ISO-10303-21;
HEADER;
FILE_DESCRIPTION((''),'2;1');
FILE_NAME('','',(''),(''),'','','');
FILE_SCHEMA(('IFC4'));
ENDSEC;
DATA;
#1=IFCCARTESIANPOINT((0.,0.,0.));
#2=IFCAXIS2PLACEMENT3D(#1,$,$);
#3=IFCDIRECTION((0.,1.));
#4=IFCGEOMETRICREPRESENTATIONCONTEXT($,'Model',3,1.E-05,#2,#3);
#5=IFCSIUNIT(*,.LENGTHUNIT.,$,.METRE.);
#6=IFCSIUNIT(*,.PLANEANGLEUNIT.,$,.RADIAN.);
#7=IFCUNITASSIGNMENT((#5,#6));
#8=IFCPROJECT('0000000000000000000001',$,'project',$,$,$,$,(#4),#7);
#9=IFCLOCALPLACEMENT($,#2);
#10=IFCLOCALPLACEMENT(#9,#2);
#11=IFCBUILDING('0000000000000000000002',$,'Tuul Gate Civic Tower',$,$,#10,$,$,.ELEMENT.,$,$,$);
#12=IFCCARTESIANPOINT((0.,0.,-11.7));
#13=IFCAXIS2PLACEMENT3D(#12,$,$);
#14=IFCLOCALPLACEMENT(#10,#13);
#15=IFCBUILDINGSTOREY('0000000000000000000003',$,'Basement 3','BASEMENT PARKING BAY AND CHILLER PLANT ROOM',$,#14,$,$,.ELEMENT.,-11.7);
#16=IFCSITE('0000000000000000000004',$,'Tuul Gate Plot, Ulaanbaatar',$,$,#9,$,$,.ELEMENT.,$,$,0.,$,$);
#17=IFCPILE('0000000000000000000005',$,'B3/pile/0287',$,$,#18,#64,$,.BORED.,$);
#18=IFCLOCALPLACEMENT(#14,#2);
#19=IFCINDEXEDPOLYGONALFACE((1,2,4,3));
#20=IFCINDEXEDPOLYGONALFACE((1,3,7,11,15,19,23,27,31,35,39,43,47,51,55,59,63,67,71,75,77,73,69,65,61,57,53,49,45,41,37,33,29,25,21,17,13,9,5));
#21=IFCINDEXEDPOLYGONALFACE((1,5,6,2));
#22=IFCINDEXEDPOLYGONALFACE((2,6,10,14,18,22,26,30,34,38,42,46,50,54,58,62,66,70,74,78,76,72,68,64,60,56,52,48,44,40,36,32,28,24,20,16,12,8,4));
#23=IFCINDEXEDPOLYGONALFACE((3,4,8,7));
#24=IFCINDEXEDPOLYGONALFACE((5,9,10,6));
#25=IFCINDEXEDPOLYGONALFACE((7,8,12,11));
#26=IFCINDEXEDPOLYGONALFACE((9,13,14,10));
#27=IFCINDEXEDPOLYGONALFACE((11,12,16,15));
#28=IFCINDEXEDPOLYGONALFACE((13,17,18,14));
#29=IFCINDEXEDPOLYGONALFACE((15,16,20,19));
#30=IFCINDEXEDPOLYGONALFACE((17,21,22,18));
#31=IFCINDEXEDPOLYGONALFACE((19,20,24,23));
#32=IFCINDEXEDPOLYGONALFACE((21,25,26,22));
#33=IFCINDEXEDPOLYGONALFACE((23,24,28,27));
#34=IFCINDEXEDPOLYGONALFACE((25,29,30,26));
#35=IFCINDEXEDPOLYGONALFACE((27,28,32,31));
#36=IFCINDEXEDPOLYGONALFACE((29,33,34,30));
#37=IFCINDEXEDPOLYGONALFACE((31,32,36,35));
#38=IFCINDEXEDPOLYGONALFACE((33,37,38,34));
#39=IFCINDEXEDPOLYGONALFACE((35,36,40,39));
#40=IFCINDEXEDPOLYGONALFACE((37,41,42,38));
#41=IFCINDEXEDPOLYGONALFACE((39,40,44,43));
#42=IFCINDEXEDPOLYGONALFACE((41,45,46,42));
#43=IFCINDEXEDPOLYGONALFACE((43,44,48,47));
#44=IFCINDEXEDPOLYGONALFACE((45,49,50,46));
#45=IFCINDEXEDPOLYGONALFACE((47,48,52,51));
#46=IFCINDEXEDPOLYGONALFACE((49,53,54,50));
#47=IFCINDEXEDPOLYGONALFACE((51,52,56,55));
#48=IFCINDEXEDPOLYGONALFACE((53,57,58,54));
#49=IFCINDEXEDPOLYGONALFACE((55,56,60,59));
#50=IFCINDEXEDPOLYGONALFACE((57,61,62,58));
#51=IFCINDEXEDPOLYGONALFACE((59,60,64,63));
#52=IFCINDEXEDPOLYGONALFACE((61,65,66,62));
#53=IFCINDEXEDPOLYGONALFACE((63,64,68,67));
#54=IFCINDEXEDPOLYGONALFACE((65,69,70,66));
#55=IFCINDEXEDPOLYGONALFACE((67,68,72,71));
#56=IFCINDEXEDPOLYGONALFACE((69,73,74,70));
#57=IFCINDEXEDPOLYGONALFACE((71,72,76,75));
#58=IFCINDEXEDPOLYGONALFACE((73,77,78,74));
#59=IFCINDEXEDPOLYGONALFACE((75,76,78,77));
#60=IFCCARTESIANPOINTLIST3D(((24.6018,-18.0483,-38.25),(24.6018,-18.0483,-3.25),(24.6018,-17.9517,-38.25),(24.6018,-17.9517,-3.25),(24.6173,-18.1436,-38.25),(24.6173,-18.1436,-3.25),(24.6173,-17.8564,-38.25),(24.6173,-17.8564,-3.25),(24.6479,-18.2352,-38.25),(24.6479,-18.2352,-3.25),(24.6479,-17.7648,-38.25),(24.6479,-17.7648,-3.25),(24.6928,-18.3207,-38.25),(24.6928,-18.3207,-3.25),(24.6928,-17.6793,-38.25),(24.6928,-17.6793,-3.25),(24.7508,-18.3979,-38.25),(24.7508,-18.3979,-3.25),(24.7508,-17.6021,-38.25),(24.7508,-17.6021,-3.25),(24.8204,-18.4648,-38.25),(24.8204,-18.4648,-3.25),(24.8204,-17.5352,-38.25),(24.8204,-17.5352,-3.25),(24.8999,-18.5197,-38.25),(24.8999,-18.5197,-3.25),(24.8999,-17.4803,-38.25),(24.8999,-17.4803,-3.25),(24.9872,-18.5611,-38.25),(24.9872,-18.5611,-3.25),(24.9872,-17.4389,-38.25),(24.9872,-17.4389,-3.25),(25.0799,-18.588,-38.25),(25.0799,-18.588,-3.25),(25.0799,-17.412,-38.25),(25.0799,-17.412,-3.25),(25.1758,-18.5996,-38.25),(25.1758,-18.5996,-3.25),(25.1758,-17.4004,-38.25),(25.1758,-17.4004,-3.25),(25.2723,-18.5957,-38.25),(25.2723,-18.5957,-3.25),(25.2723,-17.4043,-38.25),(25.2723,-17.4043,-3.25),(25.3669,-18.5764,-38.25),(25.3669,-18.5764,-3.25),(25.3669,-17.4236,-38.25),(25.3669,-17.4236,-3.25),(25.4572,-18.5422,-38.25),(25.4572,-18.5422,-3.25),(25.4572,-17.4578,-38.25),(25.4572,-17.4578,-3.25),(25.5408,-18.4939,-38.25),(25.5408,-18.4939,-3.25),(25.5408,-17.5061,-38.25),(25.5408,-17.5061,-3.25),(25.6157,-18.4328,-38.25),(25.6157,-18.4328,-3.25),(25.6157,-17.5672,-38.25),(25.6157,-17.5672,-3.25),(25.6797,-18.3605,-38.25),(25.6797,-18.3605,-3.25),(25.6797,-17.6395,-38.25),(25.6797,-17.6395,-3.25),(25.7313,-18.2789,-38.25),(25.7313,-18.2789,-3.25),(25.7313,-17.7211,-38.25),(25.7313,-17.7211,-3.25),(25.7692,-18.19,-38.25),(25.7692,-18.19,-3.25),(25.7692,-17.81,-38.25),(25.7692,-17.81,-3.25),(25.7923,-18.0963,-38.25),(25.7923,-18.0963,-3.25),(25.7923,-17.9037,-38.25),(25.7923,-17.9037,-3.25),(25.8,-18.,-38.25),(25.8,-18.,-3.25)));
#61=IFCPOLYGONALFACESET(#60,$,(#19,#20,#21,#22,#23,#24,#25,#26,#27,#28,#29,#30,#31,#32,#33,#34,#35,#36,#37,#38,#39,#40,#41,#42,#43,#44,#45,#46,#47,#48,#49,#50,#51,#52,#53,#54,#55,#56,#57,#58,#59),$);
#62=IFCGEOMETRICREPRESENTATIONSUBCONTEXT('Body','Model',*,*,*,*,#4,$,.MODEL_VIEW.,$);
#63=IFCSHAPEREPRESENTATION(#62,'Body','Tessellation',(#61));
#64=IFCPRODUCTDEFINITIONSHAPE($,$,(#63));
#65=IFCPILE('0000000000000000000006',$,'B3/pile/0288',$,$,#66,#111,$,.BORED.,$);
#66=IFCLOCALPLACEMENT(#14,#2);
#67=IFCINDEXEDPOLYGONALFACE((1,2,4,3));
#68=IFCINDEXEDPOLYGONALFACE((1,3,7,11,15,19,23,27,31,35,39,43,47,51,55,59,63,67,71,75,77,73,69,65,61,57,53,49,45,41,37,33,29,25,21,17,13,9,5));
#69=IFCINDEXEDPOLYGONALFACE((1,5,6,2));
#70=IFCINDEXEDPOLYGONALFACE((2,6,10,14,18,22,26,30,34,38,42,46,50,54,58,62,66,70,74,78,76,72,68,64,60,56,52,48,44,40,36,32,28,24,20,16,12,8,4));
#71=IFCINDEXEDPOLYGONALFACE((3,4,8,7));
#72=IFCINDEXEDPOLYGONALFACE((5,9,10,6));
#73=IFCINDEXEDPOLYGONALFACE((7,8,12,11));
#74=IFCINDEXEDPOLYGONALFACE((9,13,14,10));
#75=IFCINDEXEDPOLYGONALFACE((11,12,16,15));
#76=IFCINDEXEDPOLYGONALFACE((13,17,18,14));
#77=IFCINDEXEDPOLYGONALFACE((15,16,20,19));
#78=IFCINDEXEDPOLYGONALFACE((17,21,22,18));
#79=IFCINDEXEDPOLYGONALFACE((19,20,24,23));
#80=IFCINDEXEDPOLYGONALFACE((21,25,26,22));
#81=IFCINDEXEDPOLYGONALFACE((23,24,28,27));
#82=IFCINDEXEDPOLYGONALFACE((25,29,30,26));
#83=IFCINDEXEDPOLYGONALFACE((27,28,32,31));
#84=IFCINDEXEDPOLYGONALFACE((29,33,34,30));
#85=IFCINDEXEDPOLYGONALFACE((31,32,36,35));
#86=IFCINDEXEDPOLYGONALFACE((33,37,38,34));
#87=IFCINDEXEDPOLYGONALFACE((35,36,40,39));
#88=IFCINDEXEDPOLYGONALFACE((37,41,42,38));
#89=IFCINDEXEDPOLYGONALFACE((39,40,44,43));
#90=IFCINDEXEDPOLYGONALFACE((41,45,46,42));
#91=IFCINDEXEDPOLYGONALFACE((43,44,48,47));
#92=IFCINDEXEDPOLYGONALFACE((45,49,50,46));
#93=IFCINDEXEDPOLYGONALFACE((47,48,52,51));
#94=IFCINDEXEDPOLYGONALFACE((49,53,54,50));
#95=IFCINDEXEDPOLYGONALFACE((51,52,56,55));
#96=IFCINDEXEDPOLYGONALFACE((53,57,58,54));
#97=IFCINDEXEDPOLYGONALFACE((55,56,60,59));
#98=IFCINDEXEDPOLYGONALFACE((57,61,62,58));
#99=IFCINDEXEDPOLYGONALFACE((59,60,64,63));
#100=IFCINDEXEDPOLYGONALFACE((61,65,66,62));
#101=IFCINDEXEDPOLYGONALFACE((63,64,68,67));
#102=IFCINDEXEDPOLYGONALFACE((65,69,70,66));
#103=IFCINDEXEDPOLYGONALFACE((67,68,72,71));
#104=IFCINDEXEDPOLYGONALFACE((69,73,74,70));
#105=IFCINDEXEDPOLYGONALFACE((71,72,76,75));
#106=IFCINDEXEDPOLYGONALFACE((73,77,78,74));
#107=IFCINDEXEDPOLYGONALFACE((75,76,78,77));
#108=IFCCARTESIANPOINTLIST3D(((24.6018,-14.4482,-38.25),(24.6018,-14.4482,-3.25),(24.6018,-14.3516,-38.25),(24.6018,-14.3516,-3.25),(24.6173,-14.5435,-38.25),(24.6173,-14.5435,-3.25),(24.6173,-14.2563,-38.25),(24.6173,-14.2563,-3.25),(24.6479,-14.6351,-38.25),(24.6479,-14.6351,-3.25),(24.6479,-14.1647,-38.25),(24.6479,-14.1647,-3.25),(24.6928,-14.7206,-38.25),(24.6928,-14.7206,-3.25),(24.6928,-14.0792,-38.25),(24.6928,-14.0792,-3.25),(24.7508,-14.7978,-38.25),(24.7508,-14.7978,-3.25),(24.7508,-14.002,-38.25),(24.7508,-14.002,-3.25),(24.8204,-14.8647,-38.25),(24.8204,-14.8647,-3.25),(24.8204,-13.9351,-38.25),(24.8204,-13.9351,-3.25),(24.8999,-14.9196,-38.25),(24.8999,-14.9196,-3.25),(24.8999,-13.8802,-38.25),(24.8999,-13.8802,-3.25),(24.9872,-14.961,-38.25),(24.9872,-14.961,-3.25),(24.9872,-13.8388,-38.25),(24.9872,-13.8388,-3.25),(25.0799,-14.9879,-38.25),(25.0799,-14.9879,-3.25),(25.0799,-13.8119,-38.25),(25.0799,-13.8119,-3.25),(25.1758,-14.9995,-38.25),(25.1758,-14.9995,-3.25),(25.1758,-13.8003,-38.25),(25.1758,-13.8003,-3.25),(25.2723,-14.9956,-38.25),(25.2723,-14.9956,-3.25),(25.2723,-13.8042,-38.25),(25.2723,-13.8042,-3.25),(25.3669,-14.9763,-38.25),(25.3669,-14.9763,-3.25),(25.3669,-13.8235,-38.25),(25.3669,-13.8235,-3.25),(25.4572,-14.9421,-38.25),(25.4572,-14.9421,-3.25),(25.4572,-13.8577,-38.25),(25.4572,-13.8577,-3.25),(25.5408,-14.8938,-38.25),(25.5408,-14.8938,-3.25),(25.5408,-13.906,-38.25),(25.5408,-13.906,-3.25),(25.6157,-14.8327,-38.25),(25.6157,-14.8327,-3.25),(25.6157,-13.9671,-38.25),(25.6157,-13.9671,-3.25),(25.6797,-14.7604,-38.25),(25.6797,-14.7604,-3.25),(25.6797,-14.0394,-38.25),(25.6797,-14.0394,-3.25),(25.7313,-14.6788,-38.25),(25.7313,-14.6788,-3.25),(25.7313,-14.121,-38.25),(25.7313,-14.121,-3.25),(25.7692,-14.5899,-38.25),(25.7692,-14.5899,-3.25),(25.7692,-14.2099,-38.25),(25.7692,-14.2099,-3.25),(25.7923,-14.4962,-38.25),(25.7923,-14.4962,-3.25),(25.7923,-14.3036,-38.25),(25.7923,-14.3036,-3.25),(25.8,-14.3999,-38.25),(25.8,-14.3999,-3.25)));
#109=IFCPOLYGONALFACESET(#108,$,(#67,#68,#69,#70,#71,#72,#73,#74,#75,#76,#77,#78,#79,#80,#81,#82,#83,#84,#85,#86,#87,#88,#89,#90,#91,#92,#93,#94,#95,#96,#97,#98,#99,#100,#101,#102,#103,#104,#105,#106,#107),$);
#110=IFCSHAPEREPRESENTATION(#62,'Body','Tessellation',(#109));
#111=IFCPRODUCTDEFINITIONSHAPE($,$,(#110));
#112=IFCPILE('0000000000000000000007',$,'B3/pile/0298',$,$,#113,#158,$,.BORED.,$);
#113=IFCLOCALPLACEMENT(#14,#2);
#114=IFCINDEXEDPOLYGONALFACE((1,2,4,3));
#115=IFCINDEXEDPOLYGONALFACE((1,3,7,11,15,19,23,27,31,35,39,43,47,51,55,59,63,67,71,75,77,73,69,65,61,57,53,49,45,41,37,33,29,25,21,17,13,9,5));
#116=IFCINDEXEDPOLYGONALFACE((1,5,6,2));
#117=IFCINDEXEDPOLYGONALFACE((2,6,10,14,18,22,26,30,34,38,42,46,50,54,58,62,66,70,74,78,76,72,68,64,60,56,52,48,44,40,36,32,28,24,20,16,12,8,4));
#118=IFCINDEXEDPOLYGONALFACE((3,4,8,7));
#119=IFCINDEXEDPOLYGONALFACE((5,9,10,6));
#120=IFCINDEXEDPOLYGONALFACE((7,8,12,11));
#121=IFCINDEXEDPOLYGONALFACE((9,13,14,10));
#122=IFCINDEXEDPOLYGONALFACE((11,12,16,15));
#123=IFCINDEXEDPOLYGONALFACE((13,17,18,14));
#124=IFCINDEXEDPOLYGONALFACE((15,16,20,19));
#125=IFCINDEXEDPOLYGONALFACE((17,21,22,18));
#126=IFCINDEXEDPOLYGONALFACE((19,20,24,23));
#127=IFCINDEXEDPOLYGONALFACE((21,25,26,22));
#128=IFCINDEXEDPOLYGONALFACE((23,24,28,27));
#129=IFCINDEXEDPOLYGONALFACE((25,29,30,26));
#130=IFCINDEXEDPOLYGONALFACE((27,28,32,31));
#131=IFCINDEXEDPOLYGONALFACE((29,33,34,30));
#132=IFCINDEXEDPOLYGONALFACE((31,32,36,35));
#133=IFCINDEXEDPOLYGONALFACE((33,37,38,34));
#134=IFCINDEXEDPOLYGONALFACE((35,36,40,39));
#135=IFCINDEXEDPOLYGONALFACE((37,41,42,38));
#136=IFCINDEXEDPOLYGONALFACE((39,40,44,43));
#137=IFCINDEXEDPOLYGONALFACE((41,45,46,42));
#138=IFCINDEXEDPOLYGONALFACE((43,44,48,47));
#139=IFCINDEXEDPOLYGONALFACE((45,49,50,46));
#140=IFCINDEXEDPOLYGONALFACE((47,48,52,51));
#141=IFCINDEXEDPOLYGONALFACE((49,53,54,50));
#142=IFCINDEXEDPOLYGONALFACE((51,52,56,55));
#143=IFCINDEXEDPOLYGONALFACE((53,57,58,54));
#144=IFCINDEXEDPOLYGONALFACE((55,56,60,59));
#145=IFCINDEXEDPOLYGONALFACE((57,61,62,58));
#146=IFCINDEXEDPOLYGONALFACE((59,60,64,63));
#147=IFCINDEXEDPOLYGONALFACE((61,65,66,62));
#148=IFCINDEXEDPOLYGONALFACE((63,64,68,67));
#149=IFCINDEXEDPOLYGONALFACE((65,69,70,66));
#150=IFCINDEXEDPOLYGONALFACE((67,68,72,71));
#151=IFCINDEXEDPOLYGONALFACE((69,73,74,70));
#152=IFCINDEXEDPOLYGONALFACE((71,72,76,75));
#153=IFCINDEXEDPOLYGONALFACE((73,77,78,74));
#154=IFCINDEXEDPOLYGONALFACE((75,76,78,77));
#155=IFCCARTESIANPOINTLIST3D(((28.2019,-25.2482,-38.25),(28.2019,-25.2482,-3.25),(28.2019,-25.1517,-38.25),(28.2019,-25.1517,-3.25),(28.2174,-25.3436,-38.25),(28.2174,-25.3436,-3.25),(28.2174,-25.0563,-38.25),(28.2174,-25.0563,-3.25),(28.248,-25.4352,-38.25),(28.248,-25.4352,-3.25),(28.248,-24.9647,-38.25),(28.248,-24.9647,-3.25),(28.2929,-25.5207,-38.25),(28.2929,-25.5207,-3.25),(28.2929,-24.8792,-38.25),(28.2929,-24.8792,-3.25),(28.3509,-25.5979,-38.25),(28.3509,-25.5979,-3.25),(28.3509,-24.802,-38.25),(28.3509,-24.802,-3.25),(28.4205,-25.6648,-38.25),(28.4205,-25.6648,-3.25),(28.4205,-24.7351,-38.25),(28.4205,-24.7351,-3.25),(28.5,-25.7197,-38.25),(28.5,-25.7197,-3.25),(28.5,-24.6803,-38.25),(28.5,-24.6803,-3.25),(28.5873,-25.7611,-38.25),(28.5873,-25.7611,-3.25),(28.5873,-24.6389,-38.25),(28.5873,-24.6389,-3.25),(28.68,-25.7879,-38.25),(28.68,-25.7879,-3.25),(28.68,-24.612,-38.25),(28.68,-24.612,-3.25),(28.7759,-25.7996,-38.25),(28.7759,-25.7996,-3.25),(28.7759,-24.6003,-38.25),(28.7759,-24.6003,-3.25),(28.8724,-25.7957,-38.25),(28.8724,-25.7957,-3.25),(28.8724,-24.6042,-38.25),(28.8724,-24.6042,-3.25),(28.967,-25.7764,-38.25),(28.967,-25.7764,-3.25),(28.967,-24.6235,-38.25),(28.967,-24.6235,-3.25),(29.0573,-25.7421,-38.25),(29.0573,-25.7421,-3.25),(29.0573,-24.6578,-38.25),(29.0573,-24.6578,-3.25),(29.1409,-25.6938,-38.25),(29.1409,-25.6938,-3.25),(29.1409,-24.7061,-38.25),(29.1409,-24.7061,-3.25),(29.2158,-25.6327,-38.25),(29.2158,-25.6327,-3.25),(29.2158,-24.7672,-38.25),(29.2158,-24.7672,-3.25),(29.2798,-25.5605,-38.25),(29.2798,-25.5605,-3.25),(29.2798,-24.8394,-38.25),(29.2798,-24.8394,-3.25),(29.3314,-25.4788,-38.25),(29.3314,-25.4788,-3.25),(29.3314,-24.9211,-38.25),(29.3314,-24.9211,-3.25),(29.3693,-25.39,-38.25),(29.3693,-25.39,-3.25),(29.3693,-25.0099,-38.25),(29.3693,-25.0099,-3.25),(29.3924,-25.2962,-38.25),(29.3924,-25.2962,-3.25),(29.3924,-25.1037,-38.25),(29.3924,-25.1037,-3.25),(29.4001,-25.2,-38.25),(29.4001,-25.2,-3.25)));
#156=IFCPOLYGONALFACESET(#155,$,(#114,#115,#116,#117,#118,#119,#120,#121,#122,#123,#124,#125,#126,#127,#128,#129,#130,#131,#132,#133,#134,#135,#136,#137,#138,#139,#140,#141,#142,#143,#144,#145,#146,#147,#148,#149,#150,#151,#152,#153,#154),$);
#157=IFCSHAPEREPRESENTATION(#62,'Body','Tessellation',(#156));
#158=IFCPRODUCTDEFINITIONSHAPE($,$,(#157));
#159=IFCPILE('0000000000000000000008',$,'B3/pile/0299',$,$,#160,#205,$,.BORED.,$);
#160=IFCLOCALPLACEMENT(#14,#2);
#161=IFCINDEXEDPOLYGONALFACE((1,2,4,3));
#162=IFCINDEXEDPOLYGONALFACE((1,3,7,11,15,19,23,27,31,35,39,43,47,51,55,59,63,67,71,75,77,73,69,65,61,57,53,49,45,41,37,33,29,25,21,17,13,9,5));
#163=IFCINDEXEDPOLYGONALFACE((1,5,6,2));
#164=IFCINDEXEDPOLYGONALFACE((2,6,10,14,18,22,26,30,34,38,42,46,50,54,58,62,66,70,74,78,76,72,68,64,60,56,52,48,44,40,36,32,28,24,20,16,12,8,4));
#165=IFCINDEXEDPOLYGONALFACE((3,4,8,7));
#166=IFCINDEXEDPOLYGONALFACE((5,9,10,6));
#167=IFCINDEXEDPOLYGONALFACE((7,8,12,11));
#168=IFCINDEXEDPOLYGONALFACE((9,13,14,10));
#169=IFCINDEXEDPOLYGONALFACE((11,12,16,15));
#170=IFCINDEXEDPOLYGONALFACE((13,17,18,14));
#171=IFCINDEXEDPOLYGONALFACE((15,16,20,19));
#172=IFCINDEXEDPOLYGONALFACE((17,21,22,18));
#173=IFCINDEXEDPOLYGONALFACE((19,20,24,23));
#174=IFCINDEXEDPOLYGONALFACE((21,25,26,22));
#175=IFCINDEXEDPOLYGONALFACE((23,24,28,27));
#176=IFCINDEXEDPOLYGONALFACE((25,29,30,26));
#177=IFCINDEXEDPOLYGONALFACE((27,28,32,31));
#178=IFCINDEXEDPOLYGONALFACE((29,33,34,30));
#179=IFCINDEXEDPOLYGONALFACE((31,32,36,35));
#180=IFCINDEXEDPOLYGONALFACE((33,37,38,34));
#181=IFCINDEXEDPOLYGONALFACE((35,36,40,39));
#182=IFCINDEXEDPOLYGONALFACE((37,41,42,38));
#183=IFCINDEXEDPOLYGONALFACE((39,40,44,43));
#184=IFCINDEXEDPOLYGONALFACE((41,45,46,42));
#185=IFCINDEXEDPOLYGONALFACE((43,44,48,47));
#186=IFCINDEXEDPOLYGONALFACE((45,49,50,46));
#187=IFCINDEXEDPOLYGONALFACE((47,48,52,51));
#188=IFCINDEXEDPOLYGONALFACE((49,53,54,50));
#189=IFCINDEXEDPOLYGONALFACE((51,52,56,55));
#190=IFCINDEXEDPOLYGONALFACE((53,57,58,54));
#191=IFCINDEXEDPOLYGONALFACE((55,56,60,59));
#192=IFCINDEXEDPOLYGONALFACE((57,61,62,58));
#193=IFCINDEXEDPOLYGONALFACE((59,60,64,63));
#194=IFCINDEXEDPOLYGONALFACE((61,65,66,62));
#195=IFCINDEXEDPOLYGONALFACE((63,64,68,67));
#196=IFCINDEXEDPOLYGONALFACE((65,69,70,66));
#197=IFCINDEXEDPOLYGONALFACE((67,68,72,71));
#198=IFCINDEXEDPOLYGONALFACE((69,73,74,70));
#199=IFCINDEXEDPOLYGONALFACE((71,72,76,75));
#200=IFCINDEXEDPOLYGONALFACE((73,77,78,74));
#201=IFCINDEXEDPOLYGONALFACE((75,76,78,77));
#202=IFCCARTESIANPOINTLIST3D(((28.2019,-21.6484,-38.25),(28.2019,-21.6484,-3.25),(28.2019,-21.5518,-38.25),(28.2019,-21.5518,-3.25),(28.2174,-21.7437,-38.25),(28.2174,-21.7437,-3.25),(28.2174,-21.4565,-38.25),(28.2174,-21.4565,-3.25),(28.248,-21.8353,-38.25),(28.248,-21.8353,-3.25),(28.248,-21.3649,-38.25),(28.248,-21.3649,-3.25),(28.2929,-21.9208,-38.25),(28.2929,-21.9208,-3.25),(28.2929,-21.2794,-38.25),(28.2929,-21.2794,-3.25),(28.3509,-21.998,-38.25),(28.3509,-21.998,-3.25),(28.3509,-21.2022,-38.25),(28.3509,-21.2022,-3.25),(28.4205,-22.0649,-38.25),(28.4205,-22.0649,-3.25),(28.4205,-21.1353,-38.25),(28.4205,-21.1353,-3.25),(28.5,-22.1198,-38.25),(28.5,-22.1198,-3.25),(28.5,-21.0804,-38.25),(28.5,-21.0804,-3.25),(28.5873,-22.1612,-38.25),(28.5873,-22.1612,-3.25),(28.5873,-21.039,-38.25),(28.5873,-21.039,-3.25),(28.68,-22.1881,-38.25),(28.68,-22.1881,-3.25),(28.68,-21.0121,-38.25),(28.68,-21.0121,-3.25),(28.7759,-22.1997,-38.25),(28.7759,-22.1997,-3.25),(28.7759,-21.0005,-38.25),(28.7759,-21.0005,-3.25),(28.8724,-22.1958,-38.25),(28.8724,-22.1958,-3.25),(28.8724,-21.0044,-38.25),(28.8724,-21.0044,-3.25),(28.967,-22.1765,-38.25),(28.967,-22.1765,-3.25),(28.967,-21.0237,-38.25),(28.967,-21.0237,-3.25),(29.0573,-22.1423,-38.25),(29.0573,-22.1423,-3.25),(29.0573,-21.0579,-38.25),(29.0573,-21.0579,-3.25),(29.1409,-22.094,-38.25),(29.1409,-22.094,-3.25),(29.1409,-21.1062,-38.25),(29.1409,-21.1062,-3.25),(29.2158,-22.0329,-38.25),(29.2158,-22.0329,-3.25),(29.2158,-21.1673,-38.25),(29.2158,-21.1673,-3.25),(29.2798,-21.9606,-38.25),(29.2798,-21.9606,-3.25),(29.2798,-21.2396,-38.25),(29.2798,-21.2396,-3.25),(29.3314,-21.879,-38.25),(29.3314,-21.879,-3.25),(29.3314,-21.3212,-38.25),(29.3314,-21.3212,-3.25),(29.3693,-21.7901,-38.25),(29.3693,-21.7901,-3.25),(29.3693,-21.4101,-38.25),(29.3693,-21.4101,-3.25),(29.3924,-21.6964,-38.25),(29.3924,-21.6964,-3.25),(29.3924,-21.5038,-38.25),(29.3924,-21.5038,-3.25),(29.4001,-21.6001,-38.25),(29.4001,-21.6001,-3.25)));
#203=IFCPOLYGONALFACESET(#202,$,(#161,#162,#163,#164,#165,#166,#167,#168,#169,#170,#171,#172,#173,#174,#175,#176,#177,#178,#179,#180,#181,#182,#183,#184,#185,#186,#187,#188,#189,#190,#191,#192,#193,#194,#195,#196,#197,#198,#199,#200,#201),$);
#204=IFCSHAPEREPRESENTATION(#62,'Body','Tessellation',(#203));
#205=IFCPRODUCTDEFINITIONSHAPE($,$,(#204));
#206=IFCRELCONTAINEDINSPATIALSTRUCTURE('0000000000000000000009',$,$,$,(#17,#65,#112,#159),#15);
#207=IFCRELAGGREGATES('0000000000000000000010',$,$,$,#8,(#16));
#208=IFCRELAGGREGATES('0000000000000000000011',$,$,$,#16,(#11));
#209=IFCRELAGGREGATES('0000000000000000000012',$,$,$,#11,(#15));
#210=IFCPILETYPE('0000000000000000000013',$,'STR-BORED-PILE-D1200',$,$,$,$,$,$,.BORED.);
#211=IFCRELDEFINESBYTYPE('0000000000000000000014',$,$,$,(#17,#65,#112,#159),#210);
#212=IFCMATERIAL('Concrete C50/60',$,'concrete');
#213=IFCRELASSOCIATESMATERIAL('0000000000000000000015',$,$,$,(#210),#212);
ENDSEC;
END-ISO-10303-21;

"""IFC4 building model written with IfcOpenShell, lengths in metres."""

from ifc_helpers import new_model, si_unit, direction, frame, origin, origin_2d, place, context, subcontext, project, spatial, circle, extrude, material, material_profile, profile_set, type_object, element, save


model = new_model("IFC4")

# Units and contexts
model_context = context("Model", 3, precision=1e-05, world=origin(), true_north=direction((0.0, 1.0)))
body_context = subcontext(model_context, "Body", "Model", "MODEL_VIEW")
ifc_project = project(units=[si_unit("LENGTHUNIT", "METRE"), si_unit("PLANEANGLEUNIT", "RADIAN")], contexts=[model_context])

# Site, building, storey
site_placement = place(None, origin())
site = spatial("IfcSite", under=ifc_project, at=site_placement, Name="Tuul Gate Plot, Ulaanbaatar", CompositionType="ELEMENT", RefElevation=0.0)
building_placement = place(site_placement, origin())
building = spatial("IfcBuilding", under=site, at=building_placement, Name="Tuul Gate Civic Tower", CompositionType="ELEMENT")
storey_placement = place(building_placement, frame((0.0, 0.0, -11.7)))
storey = spatial("IfcBuildingStorey", under=building, at=storey_placement, Name="Basement 3", Description="BASEMENT PARKING BAY AND CHILLER PLANT ROOM", CompositionType="ELEMENT", Elevation=-11.7)

# Piles
ifc_material_1 = material(Name="Concrete C50/60", Category="concrete")
ifc_material_profile_1 = material_profile(ifc_material_1, circle(Radius=0.6001, at=origin_2d()), Name="PILE1200")
ifc_profile_set_1 = profile_set([ifc_material_profile_1], Name="Concrete C50/60")
pile_type = type_object("IfcPileType", Name="STR-BORED-PILE-D1200", PredefinedType="BORED", material=ifc_profile_set_1)
for number, where, z_axis, x_axis, name in (
    (1, (25.2, -18.0, -3.25), (0.0, 0.0, -1.0), (1.0, 0.0, 0.0), "B3/pile/0287"),
    (2, (25.2, -14.3999, -3.25), (0.0, 0.0, -1.0), (1.0, 0.0, 0.0), "B3/pile/0288"),
    (3, (28.8, -25.2, -3.25), (0.0, 0.0, -1.0), (1.0, 0.0, 0.0), "B3/pile/0298"),
    (4, (28.8, -21.6001, -3.25), (0.0, 0.0, -1.0), (1.0, 0.0, 0.0), "B3/pile/0299"),
):
    element("IfcPile", number, at=place(storey_placement, frame(where, z_axis=z_axis, x_axis=x_axis)), inside=storey, type_object=pile_type, Name=name, PredefinedType="BORED", context=body_context, shape_type="SweptSolid", body=[
        extrude(circle(Radius=0.6001, at=origin_2d()), origin(), (0.0, 0.0, 1.0), 35.0),
    ])

save(model, "model.ifc")
